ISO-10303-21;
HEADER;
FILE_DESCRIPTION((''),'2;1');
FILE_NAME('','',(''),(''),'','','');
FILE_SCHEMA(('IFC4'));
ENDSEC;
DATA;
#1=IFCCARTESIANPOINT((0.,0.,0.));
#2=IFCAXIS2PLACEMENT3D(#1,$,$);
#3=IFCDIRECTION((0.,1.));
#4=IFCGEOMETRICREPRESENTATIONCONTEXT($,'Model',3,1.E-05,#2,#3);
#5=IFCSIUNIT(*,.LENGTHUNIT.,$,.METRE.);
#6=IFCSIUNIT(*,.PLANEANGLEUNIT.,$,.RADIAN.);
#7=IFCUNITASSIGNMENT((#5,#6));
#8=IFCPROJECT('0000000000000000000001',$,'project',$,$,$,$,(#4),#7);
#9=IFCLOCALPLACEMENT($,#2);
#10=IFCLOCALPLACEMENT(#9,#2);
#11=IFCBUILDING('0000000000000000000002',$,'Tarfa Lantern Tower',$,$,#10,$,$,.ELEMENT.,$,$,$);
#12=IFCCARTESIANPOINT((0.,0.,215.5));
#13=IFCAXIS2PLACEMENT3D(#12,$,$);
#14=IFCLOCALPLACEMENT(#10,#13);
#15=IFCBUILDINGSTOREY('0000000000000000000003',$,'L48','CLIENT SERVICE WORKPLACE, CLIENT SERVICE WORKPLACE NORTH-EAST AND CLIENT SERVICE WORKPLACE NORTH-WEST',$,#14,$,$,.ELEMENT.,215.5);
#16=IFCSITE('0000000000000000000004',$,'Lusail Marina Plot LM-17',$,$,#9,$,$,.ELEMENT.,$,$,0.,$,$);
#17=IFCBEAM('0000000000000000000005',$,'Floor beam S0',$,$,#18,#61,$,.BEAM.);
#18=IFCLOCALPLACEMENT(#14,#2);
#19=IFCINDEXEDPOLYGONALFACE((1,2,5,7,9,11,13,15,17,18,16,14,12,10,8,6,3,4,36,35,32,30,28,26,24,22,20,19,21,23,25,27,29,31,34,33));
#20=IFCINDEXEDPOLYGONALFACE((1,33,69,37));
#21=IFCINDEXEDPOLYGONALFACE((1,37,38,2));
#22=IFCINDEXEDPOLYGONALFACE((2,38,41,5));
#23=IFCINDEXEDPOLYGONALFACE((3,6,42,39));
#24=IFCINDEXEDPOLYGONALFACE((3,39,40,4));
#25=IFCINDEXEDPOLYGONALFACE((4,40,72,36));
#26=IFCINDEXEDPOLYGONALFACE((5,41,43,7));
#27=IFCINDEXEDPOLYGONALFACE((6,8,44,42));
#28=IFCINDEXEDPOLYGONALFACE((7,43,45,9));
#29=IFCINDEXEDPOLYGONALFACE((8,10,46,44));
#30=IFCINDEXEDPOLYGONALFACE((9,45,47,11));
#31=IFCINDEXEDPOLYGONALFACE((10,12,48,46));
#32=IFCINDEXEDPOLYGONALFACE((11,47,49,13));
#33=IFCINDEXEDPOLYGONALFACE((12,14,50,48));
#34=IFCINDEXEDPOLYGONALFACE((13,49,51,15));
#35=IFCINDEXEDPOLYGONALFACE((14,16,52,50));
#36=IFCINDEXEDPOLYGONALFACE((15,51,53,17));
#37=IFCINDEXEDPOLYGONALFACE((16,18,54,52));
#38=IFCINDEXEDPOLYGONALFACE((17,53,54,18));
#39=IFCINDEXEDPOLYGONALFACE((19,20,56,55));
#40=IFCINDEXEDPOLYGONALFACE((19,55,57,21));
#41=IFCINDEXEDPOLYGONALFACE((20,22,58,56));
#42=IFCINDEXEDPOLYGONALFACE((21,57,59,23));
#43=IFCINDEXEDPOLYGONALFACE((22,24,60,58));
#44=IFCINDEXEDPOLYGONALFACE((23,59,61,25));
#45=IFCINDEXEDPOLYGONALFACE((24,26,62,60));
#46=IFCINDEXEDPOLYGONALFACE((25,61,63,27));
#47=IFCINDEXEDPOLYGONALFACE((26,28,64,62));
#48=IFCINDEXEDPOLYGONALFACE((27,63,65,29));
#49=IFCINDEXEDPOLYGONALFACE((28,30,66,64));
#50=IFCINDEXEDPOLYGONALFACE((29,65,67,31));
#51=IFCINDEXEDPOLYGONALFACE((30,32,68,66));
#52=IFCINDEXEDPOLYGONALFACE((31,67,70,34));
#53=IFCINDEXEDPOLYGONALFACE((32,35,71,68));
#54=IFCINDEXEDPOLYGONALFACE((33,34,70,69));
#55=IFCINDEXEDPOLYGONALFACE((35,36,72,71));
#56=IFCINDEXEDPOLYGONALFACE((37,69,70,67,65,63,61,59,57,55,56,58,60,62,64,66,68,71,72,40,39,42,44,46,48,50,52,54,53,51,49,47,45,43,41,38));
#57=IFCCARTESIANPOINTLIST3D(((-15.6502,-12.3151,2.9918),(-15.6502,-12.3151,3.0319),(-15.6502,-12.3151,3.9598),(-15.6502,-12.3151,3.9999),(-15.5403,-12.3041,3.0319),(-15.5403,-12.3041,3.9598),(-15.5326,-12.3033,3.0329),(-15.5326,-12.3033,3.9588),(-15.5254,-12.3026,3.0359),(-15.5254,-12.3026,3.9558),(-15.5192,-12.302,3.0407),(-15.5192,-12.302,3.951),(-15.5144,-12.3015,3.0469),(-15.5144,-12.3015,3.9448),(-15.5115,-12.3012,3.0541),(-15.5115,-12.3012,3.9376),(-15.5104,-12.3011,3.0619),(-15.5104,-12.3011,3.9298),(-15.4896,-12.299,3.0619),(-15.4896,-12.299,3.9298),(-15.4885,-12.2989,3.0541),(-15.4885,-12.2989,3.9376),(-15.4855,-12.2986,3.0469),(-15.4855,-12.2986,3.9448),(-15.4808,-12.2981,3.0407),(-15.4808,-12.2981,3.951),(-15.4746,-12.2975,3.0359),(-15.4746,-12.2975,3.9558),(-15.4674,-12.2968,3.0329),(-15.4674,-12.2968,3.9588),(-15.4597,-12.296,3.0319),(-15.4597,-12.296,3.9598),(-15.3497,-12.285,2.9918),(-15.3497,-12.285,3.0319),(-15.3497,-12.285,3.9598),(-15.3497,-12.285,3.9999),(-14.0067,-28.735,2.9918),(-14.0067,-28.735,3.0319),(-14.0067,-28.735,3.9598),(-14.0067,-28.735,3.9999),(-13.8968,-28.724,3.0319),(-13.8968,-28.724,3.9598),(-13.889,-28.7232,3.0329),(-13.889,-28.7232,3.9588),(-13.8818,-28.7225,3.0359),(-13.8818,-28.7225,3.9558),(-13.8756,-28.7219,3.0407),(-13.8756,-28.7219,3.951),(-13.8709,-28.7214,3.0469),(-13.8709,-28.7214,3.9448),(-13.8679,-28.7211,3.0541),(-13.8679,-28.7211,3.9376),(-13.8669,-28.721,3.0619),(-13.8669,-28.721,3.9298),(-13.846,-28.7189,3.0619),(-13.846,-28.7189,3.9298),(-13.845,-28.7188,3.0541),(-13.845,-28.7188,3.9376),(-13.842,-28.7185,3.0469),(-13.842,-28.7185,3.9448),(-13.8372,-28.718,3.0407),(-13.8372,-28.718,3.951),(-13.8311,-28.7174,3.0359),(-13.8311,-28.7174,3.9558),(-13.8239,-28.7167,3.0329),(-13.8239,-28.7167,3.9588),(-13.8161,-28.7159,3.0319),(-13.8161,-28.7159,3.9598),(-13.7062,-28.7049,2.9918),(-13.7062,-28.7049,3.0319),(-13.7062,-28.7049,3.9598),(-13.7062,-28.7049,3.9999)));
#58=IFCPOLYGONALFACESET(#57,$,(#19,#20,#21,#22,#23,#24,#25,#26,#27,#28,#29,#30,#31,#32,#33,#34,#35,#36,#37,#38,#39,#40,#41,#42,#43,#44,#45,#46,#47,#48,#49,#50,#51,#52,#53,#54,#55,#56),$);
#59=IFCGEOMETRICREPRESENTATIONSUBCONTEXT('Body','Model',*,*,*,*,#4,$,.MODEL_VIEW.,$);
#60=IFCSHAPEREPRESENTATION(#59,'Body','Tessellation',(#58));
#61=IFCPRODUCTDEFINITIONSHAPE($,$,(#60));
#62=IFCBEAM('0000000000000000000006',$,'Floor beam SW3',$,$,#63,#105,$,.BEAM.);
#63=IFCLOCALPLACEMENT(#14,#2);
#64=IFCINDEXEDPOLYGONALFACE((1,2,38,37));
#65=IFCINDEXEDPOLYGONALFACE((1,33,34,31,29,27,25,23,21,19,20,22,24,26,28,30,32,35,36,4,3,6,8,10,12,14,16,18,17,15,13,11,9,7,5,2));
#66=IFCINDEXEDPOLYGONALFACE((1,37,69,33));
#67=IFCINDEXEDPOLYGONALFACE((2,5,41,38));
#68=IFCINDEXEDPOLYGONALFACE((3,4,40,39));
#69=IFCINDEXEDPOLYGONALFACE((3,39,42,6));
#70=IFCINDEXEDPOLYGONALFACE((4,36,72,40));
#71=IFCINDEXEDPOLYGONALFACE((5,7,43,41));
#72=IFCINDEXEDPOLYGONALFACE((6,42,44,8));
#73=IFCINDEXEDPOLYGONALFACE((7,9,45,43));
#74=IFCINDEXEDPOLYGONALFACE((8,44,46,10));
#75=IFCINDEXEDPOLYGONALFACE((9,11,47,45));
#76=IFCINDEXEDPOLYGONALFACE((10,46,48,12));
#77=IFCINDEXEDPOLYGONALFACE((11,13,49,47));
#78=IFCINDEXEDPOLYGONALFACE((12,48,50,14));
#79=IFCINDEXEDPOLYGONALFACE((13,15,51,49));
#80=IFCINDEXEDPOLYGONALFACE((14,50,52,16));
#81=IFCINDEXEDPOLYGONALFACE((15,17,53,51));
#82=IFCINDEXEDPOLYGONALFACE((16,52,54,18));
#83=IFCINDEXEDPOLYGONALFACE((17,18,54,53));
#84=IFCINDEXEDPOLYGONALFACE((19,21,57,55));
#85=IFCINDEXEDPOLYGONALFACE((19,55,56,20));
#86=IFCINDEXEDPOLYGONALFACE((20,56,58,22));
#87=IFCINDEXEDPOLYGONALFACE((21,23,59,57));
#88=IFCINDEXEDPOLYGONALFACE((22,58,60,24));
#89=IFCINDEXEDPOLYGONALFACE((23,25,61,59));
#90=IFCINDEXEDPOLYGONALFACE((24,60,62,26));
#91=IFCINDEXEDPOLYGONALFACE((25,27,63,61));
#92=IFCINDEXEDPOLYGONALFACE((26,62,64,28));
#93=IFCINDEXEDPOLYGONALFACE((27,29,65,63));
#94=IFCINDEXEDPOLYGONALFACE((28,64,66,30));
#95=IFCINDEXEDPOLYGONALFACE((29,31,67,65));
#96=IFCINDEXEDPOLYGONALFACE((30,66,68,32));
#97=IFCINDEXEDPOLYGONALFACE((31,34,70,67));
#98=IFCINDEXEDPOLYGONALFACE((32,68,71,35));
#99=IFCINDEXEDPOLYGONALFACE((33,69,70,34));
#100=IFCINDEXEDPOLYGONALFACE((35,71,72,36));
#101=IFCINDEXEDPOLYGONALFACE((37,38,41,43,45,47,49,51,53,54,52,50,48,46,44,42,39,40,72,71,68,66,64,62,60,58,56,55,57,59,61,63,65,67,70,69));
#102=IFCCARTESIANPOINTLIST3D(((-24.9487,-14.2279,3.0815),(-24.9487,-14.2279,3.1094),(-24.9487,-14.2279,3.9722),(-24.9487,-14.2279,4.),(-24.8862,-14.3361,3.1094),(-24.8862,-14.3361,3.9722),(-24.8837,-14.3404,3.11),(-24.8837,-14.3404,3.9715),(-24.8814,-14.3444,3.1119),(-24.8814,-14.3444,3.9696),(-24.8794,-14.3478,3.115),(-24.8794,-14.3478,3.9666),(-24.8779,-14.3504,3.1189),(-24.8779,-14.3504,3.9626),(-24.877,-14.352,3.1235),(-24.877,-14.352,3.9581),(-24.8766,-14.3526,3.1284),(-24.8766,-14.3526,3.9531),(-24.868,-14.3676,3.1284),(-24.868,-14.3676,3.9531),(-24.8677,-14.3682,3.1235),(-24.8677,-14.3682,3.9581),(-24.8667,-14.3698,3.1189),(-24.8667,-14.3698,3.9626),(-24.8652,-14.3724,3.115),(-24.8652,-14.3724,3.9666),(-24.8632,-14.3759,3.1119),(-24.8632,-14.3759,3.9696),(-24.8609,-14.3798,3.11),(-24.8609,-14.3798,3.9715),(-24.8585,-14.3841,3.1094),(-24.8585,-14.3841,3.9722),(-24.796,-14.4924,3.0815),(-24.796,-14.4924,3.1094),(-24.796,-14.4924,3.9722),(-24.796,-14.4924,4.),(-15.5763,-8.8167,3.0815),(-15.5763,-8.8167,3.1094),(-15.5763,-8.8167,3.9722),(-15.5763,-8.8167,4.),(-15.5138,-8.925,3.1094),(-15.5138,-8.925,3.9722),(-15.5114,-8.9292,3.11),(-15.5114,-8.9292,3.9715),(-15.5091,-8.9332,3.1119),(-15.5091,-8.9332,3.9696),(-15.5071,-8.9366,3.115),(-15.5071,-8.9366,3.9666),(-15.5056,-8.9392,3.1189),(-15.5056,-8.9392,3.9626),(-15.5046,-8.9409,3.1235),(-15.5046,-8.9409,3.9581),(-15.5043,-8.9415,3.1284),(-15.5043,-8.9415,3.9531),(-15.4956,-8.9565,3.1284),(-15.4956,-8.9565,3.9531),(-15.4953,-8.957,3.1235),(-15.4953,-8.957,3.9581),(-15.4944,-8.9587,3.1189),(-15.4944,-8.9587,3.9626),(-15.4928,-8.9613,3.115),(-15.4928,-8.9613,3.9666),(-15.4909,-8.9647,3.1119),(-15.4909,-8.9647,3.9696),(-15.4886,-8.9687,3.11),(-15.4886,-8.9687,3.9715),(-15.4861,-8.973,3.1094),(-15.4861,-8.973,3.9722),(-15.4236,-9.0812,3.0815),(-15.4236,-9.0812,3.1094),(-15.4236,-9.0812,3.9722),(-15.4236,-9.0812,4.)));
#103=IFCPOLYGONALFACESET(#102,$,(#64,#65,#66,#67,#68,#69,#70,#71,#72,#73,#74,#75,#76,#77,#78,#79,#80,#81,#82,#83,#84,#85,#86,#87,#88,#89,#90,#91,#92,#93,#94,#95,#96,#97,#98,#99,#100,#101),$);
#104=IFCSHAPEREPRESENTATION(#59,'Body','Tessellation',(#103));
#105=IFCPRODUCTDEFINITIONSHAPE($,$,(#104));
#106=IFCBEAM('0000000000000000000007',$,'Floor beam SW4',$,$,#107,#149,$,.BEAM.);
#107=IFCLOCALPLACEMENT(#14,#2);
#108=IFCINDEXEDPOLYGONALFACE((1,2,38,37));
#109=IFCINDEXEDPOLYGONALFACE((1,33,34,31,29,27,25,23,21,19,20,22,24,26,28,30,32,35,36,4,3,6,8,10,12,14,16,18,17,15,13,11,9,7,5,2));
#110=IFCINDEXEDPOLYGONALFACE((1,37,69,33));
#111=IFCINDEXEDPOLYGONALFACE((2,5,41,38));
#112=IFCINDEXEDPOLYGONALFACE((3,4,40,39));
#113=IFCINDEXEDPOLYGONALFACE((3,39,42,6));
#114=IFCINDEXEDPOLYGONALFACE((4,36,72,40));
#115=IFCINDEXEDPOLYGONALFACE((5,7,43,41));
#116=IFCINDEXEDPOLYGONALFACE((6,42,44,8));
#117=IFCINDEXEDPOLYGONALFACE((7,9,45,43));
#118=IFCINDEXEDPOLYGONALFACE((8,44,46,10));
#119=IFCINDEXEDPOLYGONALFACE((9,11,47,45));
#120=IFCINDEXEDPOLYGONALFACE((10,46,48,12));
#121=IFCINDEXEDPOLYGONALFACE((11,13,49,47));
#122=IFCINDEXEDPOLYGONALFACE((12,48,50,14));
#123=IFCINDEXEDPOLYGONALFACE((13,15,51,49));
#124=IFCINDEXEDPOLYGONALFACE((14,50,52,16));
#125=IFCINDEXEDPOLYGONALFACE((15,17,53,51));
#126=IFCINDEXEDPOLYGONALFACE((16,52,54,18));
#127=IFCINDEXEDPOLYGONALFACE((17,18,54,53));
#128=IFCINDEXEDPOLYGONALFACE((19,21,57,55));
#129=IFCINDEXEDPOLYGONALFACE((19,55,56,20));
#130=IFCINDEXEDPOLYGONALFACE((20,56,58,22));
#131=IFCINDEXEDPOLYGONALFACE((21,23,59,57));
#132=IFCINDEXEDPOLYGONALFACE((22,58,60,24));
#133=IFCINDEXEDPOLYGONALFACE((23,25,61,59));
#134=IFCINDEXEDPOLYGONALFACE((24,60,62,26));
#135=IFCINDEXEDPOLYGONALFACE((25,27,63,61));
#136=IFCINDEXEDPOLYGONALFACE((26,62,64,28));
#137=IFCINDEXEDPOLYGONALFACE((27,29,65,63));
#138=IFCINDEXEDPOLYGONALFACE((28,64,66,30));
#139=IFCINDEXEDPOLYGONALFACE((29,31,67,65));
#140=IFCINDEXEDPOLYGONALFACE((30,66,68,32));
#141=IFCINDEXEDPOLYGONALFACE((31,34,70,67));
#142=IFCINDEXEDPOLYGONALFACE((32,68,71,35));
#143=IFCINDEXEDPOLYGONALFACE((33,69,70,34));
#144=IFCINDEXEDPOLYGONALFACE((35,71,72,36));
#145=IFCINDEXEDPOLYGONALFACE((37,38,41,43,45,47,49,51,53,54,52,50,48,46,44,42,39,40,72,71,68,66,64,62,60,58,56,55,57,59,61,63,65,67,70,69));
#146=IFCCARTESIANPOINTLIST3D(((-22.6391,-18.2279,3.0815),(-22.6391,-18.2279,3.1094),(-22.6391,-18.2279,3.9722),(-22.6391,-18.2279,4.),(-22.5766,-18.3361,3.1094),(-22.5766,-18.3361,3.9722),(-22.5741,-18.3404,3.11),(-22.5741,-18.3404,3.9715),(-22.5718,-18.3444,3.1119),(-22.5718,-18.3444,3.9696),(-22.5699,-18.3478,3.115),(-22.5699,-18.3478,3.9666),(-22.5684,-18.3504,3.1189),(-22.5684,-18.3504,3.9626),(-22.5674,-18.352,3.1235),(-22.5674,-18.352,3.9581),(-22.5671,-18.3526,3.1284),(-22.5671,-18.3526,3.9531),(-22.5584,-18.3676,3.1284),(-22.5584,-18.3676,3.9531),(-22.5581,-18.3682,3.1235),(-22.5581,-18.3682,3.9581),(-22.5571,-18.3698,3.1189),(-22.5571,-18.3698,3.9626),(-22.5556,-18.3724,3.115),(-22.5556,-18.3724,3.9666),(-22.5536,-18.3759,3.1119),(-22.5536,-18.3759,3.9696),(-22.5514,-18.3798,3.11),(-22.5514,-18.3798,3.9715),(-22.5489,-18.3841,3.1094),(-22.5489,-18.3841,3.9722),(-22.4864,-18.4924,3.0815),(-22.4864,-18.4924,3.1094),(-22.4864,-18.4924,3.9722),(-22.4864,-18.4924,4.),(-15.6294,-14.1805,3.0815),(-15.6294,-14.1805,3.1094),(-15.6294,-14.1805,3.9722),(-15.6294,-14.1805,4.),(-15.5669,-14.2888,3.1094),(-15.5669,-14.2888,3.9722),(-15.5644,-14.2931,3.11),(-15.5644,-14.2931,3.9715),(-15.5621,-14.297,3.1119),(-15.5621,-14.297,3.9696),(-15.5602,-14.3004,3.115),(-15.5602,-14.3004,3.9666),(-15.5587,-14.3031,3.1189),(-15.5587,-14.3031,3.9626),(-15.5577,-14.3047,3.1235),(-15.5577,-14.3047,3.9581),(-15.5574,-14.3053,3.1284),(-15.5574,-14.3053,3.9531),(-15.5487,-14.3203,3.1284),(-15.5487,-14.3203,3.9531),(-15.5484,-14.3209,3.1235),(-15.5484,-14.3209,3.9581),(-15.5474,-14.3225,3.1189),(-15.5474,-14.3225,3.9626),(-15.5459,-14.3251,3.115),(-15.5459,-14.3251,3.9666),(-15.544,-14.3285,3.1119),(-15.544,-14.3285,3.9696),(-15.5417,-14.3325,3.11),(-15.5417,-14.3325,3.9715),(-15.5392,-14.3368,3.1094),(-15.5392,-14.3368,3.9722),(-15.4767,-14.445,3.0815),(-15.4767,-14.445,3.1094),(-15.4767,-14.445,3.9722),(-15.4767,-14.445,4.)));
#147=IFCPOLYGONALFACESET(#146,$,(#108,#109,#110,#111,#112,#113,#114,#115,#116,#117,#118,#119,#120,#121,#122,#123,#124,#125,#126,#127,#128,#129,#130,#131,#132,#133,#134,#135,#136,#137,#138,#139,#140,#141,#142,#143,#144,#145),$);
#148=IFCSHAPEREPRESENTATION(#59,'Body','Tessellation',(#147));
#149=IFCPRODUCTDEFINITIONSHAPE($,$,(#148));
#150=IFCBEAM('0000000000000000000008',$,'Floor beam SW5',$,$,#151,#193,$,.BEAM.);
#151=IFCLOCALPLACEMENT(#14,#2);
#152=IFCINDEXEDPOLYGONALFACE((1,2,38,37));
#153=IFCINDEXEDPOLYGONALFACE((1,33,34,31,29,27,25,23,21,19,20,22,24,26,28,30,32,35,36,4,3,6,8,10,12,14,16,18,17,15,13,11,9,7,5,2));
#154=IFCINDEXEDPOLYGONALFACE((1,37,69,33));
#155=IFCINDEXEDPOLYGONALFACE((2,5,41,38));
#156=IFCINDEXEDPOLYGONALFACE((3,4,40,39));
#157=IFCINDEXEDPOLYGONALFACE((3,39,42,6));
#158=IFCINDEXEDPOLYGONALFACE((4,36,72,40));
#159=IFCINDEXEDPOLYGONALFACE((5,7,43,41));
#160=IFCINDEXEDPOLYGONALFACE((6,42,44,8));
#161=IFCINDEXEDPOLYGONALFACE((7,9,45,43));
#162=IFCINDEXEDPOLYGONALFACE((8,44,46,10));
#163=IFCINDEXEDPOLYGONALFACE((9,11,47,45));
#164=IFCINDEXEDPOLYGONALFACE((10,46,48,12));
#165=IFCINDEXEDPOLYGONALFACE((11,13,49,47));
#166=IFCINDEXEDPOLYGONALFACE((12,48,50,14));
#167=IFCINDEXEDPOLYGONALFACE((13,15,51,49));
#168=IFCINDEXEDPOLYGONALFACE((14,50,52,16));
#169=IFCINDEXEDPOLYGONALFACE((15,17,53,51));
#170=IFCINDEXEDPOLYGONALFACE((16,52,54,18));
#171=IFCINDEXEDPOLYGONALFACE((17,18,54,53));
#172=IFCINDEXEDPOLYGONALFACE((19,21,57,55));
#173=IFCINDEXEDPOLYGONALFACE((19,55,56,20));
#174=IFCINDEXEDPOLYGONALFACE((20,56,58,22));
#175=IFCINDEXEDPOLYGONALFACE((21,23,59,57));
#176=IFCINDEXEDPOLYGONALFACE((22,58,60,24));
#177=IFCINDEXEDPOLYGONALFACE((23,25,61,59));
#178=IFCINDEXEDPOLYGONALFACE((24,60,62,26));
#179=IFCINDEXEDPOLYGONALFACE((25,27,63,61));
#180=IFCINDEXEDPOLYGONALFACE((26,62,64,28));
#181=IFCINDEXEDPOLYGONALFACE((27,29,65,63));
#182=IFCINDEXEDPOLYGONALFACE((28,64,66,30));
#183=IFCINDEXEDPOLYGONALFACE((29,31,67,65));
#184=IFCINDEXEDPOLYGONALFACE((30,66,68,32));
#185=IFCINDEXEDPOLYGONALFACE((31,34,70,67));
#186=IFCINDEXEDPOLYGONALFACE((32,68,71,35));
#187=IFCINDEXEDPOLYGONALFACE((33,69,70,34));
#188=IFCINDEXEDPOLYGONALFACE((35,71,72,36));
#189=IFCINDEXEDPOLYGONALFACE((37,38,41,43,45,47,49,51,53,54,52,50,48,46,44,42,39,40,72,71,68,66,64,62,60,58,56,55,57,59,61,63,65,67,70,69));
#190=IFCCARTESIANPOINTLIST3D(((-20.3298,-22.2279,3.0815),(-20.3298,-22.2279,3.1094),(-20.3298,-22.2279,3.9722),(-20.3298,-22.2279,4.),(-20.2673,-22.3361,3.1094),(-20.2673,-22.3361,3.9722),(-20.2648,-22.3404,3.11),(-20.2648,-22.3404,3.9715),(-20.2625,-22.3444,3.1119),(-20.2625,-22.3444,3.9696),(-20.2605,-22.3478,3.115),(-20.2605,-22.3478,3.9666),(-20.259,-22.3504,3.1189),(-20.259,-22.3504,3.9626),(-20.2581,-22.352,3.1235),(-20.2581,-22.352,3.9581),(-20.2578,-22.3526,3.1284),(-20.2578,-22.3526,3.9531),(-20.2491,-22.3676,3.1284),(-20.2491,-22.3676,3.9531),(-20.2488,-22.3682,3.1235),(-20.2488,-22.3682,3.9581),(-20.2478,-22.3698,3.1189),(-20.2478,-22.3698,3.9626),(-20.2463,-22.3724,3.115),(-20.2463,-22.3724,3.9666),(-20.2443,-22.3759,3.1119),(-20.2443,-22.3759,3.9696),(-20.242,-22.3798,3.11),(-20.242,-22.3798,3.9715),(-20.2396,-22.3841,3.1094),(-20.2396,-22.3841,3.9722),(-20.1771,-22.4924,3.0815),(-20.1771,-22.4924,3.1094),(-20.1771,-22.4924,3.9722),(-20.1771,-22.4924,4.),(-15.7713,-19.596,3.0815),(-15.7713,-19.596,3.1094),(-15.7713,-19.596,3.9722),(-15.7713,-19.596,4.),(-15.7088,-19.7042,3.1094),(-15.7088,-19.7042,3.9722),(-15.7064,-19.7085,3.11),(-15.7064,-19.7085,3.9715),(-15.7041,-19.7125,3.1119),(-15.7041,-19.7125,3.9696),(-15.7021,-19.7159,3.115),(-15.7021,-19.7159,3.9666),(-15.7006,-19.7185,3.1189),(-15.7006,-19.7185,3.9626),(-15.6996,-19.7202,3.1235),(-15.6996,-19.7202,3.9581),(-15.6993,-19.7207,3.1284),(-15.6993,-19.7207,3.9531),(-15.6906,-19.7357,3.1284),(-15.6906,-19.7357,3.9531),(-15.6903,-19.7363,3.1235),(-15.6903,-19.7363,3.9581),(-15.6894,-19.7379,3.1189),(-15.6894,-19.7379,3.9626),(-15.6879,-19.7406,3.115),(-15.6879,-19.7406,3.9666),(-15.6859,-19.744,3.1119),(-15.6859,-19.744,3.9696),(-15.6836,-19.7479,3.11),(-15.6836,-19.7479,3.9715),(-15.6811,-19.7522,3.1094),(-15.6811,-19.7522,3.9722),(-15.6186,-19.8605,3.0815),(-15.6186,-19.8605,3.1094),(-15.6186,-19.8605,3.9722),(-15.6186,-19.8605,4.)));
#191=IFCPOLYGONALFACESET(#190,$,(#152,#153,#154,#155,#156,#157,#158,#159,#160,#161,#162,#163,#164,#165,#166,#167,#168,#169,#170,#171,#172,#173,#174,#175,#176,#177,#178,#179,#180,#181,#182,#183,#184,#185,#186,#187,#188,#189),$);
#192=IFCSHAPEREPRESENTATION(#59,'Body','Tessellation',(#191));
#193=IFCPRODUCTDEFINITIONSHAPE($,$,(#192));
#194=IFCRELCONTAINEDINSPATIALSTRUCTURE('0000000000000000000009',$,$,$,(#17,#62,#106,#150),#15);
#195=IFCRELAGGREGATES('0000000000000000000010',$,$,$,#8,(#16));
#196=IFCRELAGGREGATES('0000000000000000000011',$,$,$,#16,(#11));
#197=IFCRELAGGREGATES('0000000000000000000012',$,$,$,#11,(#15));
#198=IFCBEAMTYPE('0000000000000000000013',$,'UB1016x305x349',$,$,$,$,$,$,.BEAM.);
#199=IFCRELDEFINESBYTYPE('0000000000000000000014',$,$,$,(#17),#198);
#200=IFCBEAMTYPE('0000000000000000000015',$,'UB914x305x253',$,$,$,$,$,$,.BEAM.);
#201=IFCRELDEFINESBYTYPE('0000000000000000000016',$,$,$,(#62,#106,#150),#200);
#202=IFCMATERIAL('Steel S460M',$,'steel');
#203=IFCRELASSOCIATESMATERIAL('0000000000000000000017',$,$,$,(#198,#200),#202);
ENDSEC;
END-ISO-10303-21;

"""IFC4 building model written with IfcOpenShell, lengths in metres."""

from ifc_helpers import new_model, si_unit, direction, frame, origin, origin_2d, place, context, subcontext, project, spatial, i_section, extrude, material, material_profile, profile_set, type_object, element, save


model = new_model("IFC4")

# Units and contexts
model_context = context("Model", 3, precision=1e-05, world=origin(), true_north=direction((0.0, 1.0)))
body_context = subcontext(model_context, "Body", "Model", "MODEL_VIEW")
ifc_project = project(units=[si_unit("LENGTHUNIT", "METRE"), si_unit("PLANEANGLEUNIT", "RADIAN")], contexts=[model_context])

# Site, building, storey
site_placement = place(None, origin())
site = spatial("IfcSite", under=ifc_project, at=site_placement, Name="Lusail Marina Plot LM-17", CompositionType="ELEMENT", RefElevation=0.0)
building_placement = place(site_placement, origin())
building = spatial("IfcBuilding", under=site, at=building_placement, Name="Tarfa Lantern Tower", CompositionType="ELEMENT")
storey_placement = place(building_placement, frame((0.0, 0.0, 215.5)))
storey = spatial("IfcBuildingStorey", under=building, at=storey_placement, Name="L48", Description="CLIENT SERVICE WORKPLACE, CLIENT SERVICE WORKPLACE NORTH-EAST AND CLIENT SERVICE WORKPLACE NORTH-WEST", CompositionType="ELEMENT", Elevation=215.5)

# Shared definitions
ifc_material_1 = material(Name="Steel S460M", Category="steel")

# Beams
ifc_material_profile_1 = material_profile(ifc_material_1, i_section(OverallWidth=0.302, OverallDepth=1.0081, WebThickness=0.021, FlangeThickness=0.04, FilletRadius=0.03, at=origin_2d()), Name="UB1016x305x349")
ifc_profile_set_1 = profile_set([ifc_material_profile_1], Name="Steel S460M")
beam_type_1 = type_object("IfcBeamType", Name="UB1016x305x349", PredefinedType="BEAM", material=ifc_profile_set_1)
beam_1_placement = place(storey_placement, frame((-13.8564, -28.72, 3.4958), z_axis=(-0.099597, 0.995028, 0.0), x_axis=(-0.995028, -0.099597, 0.0)))
element("IfcBeam", 1, at=beam_1_placement, inside=storey, type_object=beam_type_1, Name="Floor beam S0", PredefinedType="BEAM", context=body_context, shape_type="SweptSolid", body=[
    extrude(i_section(OverallWidth=0.302, OverallDepth=1.0081, WebThickness=0.021, FlangeThickness=0.04, FilletRadius=0.03, at=origin_2d()), origin(), (0.0, 0.0, 1.0), 16.502),
])
ifc_material_profile_2 = material_profile(ifc_material_1, i_section(OverallWidth=0.3054, OverallDepth=0.9185, WebThickness=0.0173, FlangeThickness=0.0278, FilletRadius=0.019, at=origin_2d()), Name="UB914x305x253")
ifc_profile_set_2 = profile_set([ifc_material_profile_2], Name="Steel S460M")
beam_type_2 = type_object("IfcBeamType", Name="UB914x305x253", PredefinedType="BEAM", material=ifc_profile_set_2)
beam_2_placement = place(storey_placement, frame((-24.8723, -14.3601, 3.5408), z_axis=(0.866024, 0.500002, 0.0), x_axis=(-0.500002, 0.866024, 0.0)))
element("IfcBeam", 2, at=beam_2_placement, inside=storey, type_object=beam_type_2, Name="Floor beam SW3", PredefinedType="BEAM", context=body_context, shape_type="SweptSolid", body=[
    extrude(i_section(OverallWidth=0.3054, OverallDepth=0.9185, WebThickness=0.0173, FlangeThickness=0.0278, FilletRadius=0.019, at=origin_2d()), origin(), (0.0, 0.0, 1.0), 10.8223),
])
beam_3_placement = place(storey_placement, frame((-22.5627, -18.3601, 3.5408), z_axis=(0.866011, 0.500025, 0.0), x_axis=(-0.500025, 0.866011, 0.0)))
element("IfcBeam", 3, at=beam_3_placement, inside=storey, type_object=beam_type_2, Name="Floor beam SW4", PredefinedType="BEAM", context=body_context, shape_type="SweptSolid", body=[
    extrude(i_section(OverallWidth=0.3054, OverallDepth=0.9185, WebThickness=0.0173, FlangeThickness=0.0278, FilletRadius=0.019, at=origin_2d()), origin(), (0.0, 0.0, 1.0), 8.0942),
])
beam_4_placement = place(storey_placement, frame((-20.2534, -22.3601, 3.5408), z_axis=(0.86602, 0.50001, 0.0), x_axis=(-0.50001, 0.86602, 0.0)))
element("IfcBeam", 4, at=beam_4_placement, inside=storey, type_object=beam_type_2, Name="Floor beam SW5", PredefinedType="BEAM", context=body_context, shape_type="SweptSolid", body=[
    extrude(i_section(OverallWidth=0.3054, OverallDepth=0.9185, WebThickness=0.0173, FlangeThickness=0.0278, FilletRadius=0.019, at=origin_2d()), origin(), (0.0, 0.0, 1.0), 5.2637),
])

save(model, "model.ifc")
